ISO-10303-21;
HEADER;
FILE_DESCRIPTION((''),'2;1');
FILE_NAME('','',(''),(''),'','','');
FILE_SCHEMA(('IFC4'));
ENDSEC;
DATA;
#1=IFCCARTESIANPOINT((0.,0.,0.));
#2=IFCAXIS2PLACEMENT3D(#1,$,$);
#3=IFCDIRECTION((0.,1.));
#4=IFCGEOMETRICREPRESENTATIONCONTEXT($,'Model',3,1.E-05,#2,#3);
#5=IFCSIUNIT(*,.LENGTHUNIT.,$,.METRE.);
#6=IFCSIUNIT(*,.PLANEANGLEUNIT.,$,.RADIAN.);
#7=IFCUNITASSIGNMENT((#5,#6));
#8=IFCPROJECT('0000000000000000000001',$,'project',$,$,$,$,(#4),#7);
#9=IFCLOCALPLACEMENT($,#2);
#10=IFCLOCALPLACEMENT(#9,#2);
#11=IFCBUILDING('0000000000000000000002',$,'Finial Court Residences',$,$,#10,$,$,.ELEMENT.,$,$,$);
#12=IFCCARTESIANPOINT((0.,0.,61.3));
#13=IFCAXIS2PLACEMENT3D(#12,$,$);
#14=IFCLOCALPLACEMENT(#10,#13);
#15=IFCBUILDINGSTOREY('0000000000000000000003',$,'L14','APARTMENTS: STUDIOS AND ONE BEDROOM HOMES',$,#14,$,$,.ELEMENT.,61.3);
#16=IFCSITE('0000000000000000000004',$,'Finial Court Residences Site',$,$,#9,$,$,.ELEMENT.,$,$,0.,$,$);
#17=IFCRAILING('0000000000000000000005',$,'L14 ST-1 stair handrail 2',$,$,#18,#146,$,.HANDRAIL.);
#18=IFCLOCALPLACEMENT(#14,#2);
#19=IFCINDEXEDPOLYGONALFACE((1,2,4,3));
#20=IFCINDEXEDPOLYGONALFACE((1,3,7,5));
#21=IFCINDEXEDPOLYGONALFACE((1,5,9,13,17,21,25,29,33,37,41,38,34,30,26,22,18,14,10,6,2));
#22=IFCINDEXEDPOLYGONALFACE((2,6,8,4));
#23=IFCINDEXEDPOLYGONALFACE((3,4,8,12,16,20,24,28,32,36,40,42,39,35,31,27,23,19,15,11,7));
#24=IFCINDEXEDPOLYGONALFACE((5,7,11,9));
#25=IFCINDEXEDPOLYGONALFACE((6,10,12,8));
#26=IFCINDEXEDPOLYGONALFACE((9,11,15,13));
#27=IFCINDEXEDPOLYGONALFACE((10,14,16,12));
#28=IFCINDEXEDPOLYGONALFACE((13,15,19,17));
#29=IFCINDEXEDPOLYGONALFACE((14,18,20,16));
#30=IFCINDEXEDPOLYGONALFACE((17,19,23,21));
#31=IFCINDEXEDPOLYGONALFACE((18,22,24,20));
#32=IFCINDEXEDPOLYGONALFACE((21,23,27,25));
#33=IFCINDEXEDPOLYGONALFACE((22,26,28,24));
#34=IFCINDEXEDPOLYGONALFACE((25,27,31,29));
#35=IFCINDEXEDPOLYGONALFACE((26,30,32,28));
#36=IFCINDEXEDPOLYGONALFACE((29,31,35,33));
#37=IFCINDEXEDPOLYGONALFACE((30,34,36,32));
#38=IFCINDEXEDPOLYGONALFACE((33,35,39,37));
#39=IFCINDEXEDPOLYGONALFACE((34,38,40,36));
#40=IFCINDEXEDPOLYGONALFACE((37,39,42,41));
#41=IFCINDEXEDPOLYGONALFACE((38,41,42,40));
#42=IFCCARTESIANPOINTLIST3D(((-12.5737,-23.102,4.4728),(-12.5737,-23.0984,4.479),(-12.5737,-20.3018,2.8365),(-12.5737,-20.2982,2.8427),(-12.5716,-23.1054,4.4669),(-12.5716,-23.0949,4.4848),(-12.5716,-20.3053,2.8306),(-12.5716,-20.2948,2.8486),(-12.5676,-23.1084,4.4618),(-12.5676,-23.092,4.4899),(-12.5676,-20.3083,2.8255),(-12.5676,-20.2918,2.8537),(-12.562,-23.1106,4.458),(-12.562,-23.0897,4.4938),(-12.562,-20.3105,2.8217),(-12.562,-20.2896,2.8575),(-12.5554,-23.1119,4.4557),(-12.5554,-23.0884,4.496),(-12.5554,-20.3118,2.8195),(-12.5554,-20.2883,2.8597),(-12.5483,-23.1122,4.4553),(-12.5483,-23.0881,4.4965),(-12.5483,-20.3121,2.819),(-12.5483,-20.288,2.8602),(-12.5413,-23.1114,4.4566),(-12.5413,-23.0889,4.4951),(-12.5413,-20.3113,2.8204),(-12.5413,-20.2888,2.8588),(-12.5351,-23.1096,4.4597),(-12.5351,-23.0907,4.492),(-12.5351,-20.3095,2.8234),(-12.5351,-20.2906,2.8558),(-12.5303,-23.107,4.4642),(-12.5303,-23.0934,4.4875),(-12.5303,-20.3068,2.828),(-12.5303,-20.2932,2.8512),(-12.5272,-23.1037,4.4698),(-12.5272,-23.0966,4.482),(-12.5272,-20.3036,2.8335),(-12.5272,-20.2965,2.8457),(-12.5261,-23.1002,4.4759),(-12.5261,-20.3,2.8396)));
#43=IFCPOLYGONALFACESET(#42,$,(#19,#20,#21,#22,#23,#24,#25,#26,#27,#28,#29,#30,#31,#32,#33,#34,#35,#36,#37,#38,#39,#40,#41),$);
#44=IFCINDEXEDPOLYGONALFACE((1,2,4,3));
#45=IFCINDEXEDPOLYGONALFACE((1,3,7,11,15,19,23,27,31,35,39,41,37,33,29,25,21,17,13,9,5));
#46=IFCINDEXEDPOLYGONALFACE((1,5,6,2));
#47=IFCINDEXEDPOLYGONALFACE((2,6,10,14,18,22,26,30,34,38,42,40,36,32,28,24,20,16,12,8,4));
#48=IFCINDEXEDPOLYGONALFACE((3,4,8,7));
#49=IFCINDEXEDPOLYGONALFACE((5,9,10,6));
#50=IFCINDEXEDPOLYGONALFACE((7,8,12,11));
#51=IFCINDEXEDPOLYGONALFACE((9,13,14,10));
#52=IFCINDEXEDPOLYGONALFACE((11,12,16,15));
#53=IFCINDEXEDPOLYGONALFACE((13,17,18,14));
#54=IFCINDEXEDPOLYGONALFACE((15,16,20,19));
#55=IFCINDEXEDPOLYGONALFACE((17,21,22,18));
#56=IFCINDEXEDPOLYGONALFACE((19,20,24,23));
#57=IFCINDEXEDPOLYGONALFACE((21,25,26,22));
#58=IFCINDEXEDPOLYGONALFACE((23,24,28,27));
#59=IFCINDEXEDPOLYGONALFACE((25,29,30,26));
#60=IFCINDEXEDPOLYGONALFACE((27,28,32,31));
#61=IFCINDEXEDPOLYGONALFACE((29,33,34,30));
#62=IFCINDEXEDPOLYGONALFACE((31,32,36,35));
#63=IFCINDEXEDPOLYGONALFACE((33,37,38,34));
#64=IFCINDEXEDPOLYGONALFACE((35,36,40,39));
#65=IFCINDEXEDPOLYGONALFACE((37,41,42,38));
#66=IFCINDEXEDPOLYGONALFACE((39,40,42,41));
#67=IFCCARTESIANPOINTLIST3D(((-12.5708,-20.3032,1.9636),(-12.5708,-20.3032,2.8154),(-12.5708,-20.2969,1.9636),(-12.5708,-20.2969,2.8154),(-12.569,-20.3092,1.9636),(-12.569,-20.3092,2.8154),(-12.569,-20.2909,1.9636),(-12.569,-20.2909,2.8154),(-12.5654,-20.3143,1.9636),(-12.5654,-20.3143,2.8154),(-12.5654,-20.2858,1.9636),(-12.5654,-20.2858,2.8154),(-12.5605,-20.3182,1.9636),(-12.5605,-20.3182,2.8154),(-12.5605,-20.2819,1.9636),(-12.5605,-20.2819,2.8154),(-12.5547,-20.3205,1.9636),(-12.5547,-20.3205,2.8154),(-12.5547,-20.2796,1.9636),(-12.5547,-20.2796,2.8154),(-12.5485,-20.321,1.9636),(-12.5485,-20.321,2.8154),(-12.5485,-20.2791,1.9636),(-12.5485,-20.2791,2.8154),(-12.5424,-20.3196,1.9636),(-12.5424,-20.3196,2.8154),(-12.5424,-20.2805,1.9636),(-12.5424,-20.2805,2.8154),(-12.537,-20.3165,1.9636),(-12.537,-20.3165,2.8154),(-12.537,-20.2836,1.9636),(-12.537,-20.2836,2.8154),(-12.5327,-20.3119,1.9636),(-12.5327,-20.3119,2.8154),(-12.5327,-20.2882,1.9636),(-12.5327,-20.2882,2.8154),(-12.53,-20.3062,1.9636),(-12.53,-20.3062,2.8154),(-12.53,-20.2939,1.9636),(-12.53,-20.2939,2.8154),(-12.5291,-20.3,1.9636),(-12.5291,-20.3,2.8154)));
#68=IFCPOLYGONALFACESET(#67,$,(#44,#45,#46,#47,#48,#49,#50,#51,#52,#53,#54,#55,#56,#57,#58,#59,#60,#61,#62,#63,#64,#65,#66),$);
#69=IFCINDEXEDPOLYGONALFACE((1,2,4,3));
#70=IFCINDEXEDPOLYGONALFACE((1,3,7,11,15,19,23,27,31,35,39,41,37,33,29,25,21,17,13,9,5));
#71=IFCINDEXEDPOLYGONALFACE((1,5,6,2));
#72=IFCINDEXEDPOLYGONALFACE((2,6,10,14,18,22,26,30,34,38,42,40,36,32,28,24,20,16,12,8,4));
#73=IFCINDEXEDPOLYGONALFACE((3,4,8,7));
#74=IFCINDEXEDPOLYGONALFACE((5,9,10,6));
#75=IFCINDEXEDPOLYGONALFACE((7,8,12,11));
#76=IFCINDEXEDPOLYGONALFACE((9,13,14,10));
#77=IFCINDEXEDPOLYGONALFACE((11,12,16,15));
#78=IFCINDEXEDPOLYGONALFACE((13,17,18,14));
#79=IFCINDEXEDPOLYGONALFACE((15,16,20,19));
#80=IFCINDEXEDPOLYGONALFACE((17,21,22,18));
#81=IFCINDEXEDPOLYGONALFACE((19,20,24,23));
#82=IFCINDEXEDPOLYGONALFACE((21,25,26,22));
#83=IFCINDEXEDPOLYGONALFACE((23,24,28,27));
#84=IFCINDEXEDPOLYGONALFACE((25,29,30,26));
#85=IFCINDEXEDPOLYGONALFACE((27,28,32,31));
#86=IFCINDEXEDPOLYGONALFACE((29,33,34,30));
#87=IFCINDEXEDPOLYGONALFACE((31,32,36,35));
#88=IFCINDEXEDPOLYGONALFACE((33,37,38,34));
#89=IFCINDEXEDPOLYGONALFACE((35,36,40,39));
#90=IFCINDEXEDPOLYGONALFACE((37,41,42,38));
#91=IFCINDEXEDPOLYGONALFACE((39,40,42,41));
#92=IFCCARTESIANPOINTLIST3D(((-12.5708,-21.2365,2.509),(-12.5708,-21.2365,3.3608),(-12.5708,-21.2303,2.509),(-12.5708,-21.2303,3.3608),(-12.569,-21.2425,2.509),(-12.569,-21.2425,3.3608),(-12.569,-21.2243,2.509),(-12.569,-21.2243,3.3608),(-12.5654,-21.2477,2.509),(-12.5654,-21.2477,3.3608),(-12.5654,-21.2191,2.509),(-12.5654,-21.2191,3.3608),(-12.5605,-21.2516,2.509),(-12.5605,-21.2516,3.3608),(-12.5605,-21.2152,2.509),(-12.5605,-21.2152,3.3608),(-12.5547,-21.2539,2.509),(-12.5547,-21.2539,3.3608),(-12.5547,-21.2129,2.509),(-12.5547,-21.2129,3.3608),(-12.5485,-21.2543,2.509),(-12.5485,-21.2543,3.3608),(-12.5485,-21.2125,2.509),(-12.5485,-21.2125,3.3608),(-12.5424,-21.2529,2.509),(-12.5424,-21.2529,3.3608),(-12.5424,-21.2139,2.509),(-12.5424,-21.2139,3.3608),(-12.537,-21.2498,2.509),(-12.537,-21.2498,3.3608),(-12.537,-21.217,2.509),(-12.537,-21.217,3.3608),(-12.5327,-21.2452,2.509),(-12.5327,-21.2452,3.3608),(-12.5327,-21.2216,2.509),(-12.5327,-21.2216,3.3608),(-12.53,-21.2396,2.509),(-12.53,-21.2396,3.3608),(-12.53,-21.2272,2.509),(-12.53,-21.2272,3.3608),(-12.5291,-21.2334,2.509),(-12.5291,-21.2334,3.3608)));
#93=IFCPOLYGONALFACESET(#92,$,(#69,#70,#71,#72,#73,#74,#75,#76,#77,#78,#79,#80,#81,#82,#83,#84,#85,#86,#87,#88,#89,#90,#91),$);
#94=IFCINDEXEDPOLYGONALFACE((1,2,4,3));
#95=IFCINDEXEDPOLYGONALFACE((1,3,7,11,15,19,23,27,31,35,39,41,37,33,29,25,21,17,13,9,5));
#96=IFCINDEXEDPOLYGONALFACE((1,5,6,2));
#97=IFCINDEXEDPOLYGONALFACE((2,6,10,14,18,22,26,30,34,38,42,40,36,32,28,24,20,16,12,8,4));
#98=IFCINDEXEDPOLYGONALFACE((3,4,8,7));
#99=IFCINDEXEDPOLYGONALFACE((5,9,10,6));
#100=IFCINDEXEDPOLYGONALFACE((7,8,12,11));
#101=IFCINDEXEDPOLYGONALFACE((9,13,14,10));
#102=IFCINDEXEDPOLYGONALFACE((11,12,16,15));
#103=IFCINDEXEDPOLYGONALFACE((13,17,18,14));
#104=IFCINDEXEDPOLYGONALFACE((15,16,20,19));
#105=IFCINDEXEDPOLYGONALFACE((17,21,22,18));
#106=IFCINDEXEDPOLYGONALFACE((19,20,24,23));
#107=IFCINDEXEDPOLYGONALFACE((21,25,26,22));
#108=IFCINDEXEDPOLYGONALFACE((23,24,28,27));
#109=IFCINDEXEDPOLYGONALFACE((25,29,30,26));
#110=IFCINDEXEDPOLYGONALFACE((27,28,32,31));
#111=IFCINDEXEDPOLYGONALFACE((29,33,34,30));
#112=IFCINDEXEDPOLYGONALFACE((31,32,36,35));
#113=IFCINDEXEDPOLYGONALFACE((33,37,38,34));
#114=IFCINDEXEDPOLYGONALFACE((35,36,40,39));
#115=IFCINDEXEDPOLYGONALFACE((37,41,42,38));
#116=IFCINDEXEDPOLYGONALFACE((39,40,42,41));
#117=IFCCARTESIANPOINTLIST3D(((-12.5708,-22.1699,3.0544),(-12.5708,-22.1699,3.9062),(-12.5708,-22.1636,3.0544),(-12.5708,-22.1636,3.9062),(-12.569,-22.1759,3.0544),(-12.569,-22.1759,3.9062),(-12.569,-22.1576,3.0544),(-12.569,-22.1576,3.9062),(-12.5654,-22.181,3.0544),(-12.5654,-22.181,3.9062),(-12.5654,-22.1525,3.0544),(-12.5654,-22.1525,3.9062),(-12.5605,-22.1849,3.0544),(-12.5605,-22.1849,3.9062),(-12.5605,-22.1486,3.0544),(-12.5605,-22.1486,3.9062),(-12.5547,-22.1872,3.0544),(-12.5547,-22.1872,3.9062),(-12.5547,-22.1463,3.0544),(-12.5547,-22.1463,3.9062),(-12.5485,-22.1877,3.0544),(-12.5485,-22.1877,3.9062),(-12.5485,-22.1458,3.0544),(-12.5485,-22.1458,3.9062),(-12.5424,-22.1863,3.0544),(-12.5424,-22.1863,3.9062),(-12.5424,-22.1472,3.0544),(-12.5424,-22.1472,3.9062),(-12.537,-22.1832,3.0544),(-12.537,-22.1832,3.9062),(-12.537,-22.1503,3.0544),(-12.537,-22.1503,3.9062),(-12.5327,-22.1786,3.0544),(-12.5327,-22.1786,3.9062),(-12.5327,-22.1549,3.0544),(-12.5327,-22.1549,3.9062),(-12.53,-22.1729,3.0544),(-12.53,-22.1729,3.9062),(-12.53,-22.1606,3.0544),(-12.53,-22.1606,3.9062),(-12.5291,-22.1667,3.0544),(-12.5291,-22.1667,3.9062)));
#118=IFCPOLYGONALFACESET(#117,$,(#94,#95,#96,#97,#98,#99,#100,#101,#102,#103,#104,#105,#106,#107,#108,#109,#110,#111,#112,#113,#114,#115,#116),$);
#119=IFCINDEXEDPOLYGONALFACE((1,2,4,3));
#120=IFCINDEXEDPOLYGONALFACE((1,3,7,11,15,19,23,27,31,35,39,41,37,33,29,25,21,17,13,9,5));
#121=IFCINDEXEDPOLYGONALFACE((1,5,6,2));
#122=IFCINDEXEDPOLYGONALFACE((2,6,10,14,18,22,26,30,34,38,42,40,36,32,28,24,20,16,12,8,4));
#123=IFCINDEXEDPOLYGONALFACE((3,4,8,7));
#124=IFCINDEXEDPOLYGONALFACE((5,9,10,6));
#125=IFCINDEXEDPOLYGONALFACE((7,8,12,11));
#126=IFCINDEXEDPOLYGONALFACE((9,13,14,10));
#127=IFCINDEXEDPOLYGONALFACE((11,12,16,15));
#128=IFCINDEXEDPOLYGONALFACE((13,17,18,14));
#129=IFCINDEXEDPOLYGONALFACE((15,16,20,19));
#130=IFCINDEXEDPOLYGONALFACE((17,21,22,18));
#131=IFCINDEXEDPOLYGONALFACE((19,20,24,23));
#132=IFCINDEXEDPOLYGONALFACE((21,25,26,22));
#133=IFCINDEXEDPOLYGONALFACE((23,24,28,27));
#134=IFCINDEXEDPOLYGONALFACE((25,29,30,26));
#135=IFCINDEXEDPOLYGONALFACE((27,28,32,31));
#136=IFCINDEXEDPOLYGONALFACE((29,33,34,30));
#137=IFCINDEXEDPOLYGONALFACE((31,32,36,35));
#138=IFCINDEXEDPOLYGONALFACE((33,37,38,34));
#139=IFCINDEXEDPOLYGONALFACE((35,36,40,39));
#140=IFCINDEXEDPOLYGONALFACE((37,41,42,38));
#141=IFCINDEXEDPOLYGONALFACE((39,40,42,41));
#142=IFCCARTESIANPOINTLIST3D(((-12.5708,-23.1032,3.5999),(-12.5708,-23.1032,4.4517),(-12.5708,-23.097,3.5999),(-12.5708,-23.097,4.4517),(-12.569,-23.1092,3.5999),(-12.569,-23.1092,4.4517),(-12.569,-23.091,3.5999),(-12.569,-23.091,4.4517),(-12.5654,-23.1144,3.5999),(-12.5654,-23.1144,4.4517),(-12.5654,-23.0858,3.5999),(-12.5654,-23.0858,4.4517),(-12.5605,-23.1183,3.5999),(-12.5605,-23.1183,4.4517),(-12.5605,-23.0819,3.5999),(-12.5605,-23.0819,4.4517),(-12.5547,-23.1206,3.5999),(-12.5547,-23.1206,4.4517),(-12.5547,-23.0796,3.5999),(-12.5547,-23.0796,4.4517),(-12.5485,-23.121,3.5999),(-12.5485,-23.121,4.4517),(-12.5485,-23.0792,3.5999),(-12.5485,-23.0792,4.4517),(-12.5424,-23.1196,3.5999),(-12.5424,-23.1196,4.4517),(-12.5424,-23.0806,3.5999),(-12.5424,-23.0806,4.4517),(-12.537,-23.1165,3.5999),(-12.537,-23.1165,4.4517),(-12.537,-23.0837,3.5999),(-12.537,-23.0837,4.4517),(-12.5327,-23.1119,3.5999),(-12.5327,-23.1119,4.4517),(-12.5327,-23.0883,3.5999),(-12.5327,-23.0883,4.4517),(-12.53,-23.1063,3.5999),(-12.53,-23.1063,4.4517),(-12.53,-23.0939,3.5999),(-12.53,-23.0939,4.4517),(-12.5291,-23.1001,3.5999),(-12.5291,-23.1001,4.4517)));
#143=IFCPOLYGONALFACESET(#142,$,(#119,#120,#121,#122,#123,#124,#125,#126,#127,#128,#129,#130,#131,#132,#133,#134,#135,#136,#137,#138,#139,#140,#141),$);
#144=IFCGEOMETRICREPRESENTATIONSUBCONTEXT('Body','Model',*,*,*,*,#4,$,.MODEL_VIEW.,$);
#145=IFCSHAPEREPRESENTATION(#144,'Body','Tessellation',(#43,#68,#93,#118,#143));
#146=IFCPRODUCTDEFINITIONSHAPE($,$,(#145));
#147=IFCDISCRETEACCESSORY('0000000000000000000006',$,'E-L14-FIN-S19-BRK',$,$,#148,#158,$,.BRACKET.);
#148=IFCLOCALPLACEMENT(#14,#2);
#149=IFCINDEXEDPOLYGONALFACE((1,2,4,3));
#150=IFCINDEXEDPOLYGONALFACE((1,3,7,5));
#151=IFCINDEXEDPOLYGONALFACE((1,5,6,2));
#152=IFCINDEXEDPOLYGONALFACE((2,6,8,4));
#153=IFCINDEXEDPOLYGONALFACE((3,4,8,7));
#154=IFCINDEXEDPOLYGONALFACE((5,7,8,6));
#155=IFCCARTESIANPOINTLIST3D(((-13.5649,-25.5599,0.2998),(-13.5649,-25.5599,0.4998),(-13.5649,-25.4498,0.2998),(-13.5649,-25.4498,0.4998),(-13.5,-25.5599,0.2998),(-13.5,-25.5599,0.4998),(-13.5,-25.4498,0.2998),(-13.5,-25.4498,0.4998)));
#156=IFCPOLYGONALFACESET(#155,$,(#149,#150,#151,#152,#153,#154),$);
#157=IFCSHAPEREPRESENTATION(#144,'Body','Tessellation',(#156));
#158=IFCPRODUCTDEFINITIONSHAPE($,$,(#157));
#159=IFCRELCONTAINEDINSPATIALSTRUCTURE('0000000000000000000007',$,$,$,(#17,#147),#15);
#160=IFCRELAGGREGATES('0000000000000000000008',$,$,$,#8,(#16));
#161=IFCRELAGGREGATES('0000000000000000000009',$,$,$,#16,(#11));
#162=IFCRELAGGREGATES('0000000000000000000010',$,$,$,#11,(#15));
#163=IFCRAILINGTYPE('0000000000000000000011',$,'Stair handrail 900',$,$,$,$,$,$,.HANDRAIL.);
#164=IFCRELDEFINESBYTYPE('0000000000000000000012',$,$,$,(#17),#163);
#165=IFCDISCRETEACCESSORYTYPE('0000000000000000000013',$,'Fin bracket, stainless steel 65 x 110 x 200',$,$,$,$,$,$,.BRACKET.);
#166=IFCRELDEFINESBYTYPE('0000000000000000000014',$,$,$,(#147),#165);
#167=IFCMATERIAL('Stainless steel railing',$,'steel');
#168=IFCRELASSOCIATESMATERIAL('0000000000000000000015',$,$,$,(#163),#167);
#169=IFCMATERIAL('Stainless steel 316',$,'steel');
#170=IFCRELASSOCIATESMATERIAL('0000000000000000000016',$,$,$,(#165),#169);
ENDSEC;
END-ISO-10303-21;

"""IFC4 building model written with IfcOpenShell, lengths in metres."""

from ifc_helpers import new_model, si_unit, direction, frame, origin, origin_2d, place, context, subcontext, project, spatial, rectangle, circle, extrude, material, type_object, element, save


model = new_model("IFC4")

# Units and contexts
model_context = context("Model", 3, precision=1e-05, world=origin(), true_north=direction((0.0, 1.0)))
body_context = subcontext(model_context, "Body", "Model", "MODEL_VIEW")
ifc_project = project(units=[si_unit("LENGTHUNIT", "METRE"), si_unit("PLANEANGLEUNIT", "RADIAN")], contexts=[model_context])

# Site, building, storey
site_placement = place(None, origin())
site = spatial("IfcSite", under=ifc_project, at=site_placement, Name="Finial Court Residences Site", CompositionType="ELEMENT", RefElevation=0.0)
building_placement = place(site_placement, origin())
building = spatial("IfcBuilding", under=site, at=building_placement, Name="Finial Court Residences", CompositionType="ELEMENT")
storey_placement = place(building_placement, frame((0.0, 0.0, 61.3)))
storey = spatial("IfcBuildingStorey", under=building, at=storey_placement, Name="L14", Description="APARTMENTS: STUDIOS AND ONE BEDROOM HOMES", CompositionType="ELEMENT", Elevation=61.3)

# Railing
ifc_material_1 = material(Name="Stainless steel railing", Category="steel")
railing_type_1 = type_object("IfcRailingType", Name="Stair handrail 900", PredefinedType="HANDRAIL", material=ifc_material_1)
railing_1_placement = place(storey_placement, frame((-12.55, -20.3, 1.9636)))
element("IfcRailing", 1, at=railing_1_placement, inside=storey, type_object=railing_type_1, Name="L14 ST-1 stair handrail 2", PredefinedType="HANDRAIL", context=body_context, shape_type="SweptSolid", body=[
    extrude(circle(Radius=0.0239, at=origin_2d()), frame((0.0, 0.0, 0.876), z_axis=(0.0, -0.863394, 0.504531), x_axis=(1.0, 0.0, 0.0)), (0.0, 0.0, 1.0), 3.2432),
    extrude(circle(Radius=0.021, at=origin_2d()), origin(), (0.0, 0.0, 1.0), 0.8518),
    extrude(circle(Radius=0.021, at=origin_2d()), frame((0.0, -0.9333, 0.5454)), (0.0, 0.0, 1.0), 0.8518),
    extrude(circle(Radius=0.021, at=origin_2d()), frame((0.0, -1.8667, 1.0908)), (0.0, 0.0, 1.0), 0.8518),
    extrude(circle(Radius=0.021, at=origin_2d()), frame((0.0, -2.8, 1.6362)), (0.0, 0.0, 1.0), 0.8518),
])

# Discrete accessory
ifc_material_2 = material(Name="Stainless steel 316", Category="steel")
discrete_accessory_type = type_object("IfcDiscreteAccessoryType", Name="Fin bracket, stainless steel 65 x 110 x 200", PredefinedType="BRACKET", material=ifc_material_2)
discrete_accessory_placement = place(storey_placement, frame((-13.5325, -25.5049, 0.2998), z_axis=(0.0, 0.0, 1.0), x_axis=(1.0, 0.0, 0.0)))
element("IfcDiscreteAccessory", 2, at=discrete_accessory_placement, inside=storey, type_object=discrete_accessory_type, Name="E-L14-FIN-S19-BRK", PredefinedType="BRACKET", context=body_context, shape_type="SweptSolid", body=[
    extrude(rectangle(XDim=0.0649, YDim=0.1101, at=origin_2d()), origin(), (0.0, 0.0, 1.0), 0.2),
])

save(model, "model.ifc")
